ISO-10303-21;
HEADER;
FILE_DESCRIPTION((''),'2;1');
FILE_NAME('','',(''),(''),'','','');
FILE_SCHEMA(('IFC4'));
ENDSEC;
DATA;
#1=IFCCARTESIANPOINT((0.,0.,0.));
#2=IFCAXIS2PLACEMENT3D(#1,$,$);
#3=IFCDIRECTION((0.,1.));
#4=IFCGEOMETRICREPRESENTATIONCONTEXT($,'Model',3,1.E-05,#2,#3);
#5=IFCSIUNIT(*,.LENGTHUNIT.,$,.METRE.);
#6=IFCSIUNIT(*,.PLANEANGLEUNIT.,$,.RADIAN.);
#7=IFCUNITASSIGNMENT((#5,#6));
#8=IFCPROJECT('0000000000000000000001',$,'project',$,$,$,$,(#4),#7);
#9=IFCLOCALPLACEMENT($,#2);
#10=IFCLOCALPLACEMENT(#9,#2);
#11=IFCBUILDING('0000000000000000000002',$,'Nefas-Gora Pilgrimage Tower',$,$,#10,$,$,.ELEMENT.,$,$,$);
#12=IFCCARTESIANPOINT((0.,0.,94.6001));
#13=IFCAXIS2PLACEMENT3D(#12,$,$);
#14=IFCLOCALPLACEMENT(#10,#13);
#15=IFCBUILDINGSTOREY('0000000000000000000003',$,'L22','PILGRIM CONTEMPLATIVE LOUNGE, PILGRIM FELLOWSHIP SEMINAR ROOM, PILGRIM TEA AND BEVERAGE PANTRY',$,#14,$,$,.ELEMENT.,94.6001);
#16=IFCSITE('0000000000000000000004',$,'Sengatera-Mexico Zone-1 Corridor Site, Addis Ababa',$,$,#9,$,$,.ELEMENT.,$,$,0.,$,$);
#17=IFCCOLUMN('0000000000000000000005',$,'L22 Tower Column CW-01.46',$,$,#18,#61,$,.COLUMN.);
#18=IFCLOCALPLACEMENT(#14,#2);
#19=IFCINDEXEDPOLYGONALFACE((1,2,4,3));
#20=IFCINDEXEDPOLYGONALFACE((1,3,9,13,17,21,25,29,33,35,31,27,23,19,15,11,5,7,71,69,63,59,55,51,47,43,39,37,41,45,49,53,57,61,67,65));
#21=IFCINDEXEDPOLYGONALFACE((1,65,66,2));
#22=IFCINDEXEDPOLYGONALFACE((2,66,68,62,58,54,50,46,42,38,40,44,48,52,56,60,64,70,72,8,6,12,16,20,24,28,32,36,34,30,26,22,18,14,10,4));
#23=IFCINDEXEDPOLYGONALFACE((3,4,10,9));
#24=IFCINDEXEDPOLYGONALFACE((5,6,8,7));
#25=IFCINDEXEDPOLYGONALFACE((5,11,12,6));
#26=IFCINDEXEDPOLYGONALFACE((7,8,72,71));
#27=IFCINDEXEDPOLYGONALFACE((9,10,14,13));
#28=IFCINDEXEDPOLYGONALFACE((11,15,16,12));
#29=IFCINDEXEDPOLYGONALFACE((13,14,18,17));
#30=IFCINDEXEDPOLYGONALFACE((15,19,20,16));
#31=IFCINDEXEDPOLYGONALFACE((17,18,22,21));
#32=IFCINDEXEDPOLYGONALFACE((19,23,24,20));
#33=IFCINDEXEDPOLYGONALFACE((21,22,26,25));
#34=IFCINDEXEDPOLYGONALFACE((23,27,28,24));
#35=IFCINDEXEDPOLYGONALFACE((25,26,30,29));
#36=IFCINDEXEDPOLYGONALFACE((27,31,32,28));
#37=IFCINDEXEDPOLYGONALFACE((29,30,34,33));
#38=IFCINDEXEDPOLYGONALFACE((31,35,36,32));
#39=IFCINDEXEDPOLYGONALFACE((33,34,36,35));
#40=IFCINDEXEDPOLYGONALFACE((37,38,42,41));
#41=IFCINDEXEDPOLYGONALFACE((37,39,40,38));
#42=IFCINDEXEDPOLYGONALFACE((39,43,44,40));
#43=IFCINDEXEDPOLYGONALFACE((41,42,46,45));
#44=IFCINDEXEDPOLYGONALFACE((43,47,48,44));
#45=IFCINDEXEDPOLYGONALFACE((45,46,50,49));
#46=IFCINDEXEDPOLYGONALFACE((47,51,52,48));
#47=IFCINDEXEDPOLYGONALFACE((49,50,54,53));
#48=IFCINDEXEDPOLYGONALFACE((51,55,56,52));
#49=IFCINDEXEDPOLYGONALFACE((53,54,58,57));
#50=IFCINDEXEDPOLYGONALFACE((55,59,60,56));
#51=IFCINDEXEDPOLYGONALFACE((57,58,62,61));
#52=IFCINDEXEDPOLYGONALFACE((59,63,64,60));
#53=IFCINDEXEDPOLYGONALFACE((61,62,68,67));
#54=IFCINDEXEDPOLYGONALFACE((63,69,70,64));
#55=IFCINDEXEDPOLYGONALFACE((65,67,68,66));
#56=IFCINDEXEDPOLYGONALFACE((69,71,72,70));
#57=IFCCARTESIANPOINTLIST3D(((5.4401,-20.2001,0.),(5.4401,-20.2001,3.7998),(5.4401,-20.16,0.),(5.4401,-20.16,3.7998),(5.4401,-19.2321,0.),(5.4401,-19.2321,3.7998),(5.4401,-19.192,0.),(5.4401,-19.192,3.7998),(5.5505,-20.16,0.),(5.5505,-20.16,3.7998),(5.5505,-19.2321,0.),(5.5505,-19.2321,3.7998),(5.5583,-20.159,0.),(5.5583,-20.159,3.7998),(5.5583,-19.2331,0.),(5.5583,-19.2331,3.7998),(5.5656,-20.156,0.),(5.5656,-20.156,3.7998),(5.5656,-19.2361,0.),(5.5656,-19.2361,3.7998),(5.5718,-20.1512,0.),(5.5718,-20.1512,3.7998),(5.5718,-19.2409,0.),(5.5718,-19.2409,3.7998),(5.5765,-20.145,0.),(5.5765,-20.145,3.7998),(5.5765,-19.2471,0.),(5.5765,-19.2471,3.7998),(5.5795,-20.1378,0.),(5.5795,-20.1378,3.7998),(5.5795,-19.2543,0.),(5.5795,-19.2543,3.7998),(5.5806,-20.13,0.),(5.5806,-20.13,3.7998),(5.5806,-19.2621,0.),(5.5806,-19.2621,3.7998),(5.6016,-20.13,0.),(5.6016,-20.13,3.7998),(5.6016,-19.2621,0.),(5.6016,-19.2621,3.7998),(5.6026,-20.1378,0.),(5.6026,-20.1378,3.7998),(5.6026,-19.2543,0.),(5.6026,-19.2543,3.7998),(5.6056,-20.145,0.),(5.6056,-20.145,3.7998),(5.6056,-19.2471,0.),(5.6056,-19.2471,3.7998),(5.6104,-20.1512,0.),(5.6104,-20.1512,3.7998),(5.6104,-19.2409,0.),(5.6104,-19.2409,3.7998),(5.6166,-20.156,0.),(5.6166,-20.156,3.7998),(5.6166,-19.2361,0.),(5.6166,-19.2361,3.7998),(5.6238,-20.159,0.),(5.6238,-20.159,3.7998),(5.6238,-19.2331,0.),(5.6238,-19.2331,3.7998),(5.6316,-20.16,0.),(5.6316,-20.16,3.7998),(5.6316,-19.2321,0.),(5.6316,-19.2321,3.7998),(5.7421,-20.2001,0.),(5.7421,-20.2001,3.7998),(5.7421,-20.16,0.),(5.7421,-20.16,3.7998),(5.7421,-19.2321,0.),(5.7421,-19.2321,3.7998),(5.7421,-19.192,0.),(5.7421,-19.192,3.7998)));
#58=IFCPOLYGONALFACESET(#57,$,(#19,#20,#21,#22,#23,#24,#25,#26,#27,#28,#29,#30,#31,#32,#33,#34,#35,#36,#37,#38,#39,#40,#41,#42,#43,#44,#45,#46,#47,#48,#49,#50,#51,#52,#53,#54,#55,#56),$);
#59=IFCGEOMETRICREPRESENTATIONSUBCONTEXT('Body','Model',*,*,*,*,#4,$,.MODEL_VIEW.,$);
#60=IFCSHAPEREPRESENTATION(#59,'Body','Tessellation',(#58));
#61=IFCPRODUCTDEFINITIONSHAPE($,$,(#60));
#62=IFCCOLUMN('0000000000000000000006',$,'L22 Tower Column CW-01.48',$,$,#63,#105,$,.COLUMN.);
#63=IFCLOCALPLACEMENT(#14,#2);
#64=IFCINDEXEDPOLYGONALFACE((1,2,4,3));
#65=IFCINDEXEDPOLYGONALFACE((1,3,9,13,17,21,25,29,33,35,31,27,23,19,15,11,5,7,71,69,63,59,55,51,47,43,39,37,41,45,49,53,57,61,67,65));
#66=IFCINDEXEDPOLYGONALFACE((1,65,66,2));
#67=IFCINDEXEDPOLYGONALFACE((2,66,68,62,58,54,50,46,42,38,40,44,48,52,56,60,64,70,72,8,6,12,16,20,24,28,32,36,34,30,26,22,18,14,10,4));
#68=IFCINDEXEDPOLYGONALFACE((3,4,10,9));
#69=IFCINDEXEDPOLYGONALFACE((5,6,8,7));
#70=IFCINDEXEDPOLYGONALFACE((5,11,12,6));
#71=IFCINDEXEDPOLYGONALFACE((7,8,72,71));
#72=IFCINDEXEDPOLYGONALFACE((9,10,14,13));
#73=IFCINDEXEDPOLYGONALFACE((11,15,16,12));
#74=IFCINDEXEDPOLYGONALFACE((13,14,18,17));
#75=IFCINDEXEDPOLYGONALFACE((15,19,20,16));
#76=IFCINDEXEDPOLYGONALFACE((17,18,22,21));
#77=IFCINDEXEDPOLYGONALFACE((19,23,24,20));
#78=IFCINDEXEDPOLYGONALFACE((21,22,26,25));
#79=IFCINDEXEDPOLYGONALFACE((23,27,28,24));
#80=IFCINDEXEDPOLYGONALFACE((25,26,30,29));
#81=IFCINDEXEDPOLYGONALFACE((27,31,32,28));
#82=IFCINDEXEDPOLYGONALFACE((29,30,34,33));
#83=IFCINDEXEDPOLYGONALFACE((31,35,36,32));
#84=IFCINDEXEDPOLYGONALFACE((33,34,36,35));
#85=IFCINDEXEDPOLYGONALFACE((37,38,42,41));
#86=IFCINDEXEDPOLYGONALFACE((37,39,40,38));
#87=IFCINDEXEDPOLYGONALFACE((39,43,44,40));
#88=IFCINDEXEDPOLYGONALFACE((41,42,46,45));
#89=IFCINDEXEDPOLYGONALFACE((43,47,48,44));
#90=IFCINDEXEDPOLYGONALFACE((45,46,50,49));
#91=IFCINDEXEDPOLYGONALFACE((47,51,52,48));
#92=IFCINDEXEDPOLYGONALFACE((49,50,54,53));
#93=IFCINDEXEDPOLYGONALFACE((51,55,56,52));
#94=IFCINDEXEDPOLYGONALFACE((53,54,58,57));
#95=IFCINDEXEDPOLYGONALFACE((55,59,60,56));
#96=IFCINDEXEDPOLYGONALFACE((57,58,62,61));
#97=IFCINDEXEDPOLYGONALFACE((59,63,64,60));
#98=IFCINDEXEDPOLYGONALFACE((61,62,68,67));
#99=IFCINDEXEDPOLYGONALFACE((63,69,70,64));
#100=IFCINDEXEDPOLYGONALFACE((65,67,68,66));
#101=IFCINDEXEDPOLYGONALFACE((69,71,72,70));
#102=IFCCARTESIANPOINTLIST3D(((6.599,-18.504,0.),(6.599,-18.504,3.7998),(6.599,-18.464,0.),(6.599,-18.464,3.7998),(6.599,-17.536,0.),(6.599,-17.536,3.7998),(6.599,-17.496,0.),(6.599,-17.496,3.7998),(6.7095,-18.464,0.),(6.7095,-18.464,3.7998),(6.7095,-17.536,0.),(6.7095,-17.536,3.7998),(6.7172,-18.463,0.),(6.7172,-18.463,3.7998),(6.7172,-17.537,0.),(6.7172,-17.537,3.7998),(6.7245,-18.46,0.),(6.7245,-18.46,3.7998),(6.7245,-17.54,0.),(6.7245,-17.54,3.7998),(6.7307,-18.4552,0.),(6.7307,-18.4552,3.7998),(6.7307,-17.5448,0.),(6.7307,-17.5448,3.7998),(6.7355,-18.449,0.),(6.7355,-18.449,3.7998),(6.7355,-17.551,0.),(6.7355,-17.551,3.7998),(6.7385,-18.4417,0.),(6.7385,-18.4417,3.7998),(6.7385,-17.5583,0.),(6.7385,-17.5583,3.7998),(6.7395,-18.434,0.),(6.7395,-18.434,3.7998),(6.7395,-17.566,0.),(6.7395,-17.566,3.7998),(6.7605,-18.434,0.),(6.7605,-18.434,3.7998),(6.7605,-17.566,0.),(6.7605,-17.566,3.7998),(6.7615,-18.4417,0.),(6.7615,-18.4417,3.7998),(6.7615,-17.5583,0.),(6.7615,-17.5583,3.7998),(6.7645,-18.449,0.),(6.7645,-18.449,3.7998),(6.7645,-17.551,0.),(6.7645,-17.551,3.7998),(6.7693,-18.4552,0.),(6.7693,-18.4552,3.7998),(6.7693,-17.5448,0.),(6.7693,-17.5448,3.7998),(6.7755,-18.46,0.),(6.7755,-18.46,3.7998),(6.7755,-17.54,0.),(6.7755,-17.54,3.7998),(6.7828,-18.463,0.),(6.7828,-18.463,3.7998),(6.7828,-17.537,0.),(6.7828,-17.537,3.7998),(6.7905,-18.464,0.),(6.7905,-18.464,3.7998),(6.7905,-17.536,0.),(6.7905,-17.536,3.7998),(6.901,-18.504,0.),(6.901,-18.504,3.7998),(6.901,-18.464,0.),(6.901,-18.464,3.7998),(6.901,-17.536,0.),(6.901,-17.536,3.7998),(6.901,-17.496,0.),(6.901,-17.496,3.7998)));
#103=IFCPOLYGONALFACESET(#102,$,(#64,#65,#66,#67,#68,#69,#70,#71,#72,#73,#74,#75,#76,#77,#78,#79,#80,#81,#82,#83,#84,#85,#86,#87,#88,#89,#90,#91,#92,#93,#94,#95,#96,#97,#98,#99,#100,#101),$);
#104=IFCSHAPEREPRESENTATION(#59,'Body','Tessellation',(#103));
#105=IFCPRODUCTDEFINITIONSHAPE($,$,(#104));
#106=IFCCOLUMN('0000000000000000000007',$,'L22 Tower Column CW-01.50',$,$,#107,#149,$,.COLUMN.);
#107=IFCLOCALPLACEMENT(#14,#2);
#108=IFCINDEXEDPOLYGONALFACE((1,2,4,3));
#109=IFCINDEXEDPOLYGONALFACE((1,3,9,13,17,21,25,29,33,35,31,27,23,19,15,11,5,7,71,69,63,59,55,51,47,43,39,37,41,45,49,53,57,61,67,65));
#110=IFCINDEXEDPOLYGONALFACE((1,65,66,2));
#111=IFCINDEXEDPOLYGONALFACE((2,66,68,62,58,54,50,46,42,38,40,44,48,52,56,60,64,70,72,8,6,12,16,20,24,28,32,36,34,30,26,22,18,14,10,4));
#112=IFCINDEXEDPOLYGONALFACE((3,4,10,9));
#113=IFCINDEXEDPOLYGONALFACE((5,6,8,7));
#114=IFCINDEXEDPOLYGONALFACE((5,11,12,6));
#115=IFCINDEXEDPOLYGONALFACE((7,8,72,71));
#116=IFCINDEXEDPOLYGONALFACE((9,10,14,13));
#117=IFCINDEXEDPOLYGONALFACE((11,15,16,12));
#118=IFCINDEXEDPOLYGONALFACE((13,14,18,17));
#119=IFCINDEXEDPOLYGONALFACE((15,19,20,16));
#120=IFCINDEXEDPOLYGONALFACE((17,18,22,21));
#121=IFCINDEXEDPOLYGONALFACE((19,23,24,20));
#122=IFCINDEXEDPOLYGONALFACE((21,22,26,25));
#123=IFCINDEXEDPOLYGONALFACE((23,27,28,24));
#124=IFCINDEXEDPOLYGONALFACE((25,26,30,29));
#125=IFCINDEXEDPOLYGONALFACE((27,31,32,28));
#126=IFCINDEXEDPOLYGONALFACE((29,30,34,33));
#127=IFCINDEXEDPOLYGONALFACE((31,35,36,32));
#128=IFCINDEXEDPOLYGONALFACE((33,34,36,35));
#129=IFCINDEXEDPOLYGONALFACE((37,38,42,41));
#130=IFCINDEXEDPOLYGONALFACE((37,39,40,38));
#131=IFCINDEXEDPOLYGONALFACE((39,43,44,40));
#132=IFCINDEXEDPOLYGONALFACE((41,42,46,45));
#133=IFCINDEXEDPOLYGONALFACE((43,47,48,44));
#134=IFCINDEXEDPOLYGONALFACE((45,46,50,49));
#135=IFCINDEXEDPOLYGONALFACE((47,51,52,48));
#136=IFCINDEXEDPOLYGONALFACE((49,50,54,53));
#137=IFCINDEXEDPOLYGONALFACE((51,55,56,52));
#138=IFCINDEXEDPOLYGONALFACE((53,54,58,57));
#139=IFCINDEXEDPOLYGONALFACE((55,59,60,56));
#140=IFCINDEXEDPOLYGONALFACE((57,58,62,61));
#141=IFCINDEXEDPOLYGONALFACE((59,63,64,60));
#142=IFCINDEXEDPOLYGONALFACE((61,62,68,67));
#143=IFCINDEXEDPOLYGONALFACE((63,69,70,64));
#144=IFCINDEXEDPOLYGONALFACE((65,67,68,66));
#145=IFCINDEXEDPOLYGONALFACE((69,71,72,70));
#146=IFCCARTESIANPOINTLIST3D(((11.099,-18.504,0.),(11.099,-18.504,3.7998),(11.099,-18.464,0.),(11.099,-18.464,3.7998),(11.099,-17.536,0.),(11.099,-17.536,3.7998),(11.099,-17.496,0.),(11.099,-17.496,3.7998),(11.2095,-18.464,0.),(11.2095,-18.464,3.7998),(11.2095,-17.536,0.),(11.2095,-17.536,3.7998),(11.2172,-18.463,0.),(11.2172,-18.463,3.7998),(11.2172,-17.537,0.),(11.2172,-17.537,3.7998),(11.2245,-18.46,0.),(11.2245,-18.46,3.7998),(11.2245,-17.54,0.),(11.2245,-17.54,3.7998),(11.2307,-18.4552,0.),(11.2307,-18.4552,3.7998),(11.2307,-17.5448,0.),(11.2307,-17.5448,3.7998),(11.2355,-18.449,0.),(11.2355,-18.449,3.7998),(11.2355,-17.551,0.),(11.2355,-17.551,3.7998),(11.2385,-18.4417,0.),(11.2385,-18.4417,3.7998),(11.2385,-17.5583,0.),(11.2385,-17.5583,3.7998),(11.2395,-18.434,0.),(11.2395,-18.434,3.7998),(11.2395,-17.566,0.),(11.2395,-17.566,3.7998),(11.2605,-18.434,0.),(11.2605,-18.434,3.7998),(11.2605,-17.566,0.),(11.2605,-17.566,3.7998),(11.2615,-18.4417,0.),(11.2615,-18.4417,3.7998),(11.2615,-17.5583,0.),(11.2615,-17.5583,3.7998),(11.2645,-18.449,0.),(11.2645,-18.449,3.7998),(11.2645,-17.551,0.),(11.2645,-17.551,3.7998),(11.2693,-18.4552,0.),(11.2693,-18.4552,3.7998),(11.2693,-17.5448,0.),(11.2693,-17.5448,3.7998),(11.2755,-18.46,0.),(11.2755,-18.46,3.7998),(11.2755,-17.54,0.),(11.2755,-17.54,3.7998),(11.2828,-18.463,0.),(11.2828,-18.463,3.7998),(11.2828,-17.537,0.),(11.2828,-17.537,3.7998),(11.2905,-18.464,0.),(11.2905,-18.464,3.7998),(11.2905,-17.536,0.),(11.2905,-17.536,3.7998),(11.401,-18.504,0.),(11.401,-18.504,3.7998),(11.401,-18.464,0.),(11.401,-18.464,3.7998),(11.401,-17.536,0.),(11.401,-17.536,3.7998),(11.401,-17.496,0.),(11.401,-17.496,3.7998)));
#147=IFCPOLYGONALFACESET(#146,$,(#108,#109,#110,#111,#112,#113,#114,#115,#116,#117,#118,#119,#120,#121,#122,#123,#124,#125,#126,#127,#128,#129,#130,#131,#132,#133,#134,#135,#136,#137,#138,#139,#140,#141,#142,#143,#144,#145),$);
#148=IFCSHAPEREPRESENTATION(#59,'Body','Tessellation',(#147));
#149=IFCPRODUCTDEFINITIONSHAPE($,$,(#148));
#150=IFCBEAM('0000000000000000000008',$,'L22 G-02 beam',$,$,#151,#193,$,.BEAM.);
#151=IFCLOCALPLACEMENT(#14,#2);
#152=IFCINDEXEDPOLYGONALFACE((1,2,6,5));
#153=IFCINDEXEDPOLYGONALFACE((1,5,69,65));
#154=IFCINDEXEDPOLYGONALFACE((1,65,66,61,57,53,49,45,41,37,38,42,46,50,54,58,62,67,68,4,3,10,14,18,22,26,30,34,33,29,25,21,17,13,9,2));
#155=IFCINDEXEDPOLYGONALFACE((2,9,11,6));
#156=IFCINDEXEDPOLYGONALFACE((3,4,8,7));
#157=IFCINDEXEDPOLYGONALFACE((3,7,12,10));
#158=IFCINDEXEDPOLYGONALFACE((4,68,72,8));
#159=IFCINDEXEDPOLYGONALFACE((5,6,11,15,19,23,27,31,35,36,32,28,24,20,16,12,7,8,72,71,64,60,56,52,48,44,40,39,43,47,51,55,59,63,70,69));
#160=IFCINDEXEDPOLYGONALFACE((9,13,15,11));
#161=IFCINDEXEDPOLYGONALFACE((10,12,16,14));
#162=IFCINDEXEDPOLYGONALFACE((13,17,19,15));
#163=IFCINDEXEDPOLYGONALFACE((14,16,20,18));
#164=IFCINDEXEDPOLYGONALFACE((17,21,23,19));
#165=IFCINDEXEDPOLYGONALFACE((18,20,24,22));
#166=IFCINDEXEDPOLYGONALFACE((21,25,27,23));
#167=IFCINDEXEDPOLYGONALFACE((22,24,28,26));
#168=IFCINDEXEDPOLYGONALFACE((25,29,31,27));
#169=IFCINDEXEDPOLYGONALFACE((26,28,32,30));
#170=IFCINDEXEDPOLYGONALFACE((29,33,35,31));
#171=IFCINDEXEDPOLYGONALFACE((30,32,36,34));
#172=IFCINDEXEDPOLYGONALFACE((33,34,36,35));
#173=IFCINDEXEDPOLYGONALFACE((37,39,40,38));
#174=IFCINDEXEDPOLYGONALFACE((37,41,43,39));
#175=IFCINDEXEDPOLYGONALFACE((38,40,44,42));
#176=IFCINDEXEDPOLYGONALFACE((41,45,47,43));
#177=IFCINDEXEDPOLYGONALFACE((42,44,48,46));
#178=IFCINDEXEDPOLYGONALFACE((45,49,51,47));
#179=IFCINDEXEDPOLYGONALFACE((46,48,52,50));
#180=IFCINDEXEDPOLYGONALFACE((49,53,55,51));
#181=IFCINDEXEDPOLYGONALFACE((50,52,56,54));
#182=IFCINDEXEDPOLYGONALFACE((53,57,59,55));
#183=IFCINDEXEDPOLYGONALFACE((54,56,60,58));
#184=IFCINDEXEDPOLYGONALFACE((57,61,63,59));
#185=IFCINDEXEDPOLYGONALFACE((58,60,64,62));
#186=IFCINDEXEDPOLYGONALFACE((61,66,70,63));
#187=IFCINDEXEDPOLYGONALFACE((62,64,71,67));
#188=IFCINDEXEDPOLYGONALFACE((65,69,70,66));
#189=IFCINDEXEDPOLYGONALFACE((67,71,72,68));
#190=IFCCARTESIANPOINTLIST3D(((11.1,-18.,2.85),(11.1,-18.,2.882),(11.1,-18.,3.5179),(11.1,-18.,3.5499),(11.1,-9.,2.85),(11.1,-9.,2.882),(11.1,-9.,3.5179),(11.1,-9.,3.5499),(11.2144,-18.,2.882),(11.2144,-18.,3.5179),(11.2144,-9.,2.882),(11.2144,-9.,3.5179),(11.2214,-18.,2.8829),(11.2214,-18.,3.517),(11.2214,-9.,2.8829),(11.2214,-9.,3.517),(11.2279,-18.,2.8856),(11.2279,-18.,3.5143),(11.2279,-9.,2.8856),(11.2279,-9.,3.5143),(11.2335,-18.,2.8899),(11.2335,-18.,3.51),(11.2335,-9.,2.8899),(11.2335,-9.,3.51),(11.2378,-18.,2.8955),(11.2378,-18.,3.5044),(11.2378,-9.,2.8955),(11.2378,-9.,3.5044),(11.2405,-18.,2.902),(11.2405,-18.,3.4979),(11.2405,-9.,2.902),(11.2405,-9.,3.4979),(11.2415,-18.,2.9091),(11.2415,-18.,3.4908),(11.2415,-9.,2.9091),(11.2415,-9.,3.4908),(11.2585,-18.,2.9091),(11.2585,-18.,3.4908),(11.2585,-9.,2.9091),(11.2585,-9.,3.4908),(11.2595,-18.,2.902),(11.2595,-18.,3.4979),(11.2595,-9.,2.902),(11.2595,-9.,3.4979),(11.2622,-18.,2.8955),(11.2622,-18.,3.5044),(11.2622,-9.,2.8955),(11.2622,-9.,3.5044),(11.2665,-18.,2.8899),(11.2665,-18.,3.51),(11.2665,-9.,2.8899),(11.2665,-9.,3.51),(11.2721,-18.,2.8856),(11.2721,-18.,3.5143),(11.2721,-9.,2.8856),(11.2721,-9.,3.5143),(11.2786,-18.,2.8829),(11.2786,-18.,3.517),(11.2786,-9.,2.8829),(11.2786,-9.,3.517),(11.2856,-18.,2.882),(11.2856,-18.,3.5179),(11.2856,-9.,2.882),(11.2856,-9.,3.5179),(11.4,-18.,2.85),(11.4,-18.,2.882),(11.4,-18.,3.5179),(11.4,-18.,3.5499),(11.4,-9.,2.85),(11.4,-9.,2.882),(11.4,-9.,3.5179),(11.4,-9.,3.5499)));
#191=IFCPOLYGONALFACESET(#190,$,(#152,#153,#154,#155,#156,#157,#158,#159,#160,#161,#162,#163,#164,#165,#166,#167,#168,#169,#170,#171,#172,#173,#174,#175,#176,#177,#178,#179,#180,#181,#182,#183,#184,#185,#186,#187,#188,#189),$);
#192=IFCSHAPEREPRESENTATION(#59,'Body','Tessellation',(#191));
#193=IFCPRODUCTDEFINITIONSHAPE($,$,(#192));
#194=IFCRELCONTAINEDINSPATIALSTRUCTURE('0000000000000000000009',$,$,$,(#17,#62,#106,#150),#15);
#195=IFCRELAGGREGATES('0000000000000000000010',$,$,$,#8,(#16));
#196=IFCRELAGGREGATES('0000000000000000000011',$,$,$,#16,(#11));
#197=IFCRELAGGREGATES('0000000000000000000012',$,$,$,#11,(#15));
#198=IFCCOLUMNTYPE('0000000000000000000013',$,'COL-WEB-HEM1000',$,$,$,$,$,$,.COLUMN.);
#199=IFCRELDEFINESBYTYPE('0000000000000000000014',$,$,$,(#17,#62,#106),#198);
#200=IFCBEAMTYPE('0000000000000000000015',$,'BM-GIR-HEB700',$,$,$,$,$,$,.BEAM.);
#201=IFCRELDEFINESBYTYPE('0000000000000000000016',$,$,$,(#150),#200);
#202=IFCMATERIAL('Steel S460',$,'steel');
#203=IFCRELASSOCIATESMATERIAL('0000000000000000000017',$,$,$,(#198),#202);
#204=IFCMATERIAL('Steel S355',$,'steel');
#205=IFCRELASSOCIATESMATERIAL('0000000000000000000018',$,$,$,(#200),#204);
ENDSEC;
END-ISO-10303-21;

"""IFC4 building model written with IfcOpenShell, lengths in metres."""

from ifc_helpers import new_model, si_unit, direction, frame, origin, origin_2d, place, context, subcontext, project, spatial, i_section, extrude, source, transform, mapped, material, material_profile, profile_set, type_object, element, save


model = new_model("IFC4")

# Units and contexts
model_context = context("Model", 3, precision=1e-05, world=origin(), true_north=direction((0.0, 1.0)))
body_context = subcontext(model_context, "Body", "Model", "MODEL_VIEW")
ifc_project = project(units=[si_unit("LENGTHUNIT", "METRE"), si_unit("PLANEANGLEUNIT", "RADIAN")], contexts=[model_context])

# Site, building, storey
site_placement = place(None, origin())
site = spatial("IfcSite", under=ifc_project, at=site_placement, Name="Sengatera-Mexico Zone-1 Corridor Site, Addis Ababa", CompositionType="ELEMENT", RefElevation=0.0)
building_placement = place(site_placement, origin())
building = spatial("IfcBuilding", under=site, at=building_placement, Name="Nefas-Gora Pilgrimage Tower", CompositionType="ELEMENT")
storey_placement = place(building_placement, frame((0.0, 0.0, 94.6001)))
storey = spatial("IfcBuildingStorey", under=building, at=storey_placement, Name="L22", Description="PILGRIM CONTEMPLATIVE LOUNGE, PILGRIM FELLOWSHIP SEMINAR ROOM, PILGRIM TEA AND BEVERAGE PANTRY", CompositionType="ELEMENT", Elevation=94.6001)

# Columns
ifc_material_1 = material(Name="Steel S460", Category="steel")
ifc_material_profile_1 = material_profile(ifc_material_1, i_section(OverallWidth=0.302, OverallDepth=1.0081, WebThickness=0.021, FlangeThickness=0.04, FilletRadius=0.03, at=origin_2d()), Name="HEM 1000")
ifc_profile_set_1 = profile_set([ifc_material_profile_1], Name="Steel S460")
column_type_1 = type_object("IfcColumnType", Name="COL-WEB-HEM1000", PredefinedType="COLUMN", material=ifc_profile_set_1)
shared_shape_1 = source(origin(), body_context, "Body", "SweptSolid", [
    extrude(i_section(OverallWidth=0.302, OverallDepth=1.0081, WebThickness=0.021, FlangeThickness=0.04, FilletRadius=0.03, at=origin_2d()), origin(), (0.0, 0.0, 1.0), 3.7998),
])
for number, where, z_axis, x_axis, name in (
    (1, (5.5911, -19.696, 0.0), (0.0, 0.0, 1.0), (1.0, 0.0, 0.0), "L22 Tower Column CW-01.46"),
    (2, (6.75, -18.0, 0.0), (0.0, 0.0, 1.0), (1.0, 0.0, 0.0), "L22 Tower Column CW-01.48"),
    (3, (11.25, -18.0, 0.0), (0.0, 0.0, 1.0), (1.0, 0.0, 0.0), "L22 Tower Column CW-01.50"),
):
    element("IfcColumn", number, at=place(storey_placement, frame(where, z_axis=z_axis, x_axis=x_axis)), inside=storey, type_object=column_type_1, Name=name, PredefinedType="COLUMN", context=body_context, shape_type="MappedRepresentation", body=[
        mapped(shared_shape_1, transform((0.0, 0.0, 0.0), x_axis=(1.0, 0.0, 0.0), y_axis=(0.0, 1.0, 0.0), z_axis=(0.0, 0.0, 1.0), scale=1.0)),
    ])

# Beam
ifc_material_2 = material(Name="Steel S355", Category="steel")
ifc_material_profile_2 = material_profile(ifc_material_2, i_section(OverallWidth=0.3, OverallDepth=0.7, WebThickness=0.0171, FlangeThickness=0.032, FilletRadius=0.0271, at=origin_2d()), Name="HEB 700")
ifc_profile_set_2 = profile_set([ifc_material_profile_2], Name="Steel S355")
beam_type_1 = type_object("IfcBeamType", Name="BM-GIR-HEB700", PredefinedType="BEAM", material=ifc_profile_set_2)
shared_shape_2 = source(origin(), body_context, "Body", "SweptSolid", [
    extrude(i_section(OverallWidth=0.3, OverallDepth=0.7, WebThickness=0.0171, FlangeThickness=0.032, FilletRadius=0.0271, at=origin_2d()), origin(), (0.0, 0.0, 1.0), 9.0),
])
beam_1_placement = place(storey_placement, frame((11.25, -18.0, 3.2), z_axis=(0.0, 1.0, 0.0), x_axis=(-1.0, 0.0, 0.0)))
element("IfcBeam", 4, at=beam_1_placement, inside=storey, type_object=beam_type_1, Name="L22 G-02 beam", PredefinedType="BEAM", context=body_context, shape_type="MappedRepresentation", body=[
    mapped(shared_shape_2, transform((0.0, 0.0, 0.0), x_axis=(1.0, 0.0, 0.0), y_axis=(0.0, 1.0, 0.0), z_axis=(0.0, 0.0, 1.0), scale=1.0)),
])

save(model, "model.ifc")
